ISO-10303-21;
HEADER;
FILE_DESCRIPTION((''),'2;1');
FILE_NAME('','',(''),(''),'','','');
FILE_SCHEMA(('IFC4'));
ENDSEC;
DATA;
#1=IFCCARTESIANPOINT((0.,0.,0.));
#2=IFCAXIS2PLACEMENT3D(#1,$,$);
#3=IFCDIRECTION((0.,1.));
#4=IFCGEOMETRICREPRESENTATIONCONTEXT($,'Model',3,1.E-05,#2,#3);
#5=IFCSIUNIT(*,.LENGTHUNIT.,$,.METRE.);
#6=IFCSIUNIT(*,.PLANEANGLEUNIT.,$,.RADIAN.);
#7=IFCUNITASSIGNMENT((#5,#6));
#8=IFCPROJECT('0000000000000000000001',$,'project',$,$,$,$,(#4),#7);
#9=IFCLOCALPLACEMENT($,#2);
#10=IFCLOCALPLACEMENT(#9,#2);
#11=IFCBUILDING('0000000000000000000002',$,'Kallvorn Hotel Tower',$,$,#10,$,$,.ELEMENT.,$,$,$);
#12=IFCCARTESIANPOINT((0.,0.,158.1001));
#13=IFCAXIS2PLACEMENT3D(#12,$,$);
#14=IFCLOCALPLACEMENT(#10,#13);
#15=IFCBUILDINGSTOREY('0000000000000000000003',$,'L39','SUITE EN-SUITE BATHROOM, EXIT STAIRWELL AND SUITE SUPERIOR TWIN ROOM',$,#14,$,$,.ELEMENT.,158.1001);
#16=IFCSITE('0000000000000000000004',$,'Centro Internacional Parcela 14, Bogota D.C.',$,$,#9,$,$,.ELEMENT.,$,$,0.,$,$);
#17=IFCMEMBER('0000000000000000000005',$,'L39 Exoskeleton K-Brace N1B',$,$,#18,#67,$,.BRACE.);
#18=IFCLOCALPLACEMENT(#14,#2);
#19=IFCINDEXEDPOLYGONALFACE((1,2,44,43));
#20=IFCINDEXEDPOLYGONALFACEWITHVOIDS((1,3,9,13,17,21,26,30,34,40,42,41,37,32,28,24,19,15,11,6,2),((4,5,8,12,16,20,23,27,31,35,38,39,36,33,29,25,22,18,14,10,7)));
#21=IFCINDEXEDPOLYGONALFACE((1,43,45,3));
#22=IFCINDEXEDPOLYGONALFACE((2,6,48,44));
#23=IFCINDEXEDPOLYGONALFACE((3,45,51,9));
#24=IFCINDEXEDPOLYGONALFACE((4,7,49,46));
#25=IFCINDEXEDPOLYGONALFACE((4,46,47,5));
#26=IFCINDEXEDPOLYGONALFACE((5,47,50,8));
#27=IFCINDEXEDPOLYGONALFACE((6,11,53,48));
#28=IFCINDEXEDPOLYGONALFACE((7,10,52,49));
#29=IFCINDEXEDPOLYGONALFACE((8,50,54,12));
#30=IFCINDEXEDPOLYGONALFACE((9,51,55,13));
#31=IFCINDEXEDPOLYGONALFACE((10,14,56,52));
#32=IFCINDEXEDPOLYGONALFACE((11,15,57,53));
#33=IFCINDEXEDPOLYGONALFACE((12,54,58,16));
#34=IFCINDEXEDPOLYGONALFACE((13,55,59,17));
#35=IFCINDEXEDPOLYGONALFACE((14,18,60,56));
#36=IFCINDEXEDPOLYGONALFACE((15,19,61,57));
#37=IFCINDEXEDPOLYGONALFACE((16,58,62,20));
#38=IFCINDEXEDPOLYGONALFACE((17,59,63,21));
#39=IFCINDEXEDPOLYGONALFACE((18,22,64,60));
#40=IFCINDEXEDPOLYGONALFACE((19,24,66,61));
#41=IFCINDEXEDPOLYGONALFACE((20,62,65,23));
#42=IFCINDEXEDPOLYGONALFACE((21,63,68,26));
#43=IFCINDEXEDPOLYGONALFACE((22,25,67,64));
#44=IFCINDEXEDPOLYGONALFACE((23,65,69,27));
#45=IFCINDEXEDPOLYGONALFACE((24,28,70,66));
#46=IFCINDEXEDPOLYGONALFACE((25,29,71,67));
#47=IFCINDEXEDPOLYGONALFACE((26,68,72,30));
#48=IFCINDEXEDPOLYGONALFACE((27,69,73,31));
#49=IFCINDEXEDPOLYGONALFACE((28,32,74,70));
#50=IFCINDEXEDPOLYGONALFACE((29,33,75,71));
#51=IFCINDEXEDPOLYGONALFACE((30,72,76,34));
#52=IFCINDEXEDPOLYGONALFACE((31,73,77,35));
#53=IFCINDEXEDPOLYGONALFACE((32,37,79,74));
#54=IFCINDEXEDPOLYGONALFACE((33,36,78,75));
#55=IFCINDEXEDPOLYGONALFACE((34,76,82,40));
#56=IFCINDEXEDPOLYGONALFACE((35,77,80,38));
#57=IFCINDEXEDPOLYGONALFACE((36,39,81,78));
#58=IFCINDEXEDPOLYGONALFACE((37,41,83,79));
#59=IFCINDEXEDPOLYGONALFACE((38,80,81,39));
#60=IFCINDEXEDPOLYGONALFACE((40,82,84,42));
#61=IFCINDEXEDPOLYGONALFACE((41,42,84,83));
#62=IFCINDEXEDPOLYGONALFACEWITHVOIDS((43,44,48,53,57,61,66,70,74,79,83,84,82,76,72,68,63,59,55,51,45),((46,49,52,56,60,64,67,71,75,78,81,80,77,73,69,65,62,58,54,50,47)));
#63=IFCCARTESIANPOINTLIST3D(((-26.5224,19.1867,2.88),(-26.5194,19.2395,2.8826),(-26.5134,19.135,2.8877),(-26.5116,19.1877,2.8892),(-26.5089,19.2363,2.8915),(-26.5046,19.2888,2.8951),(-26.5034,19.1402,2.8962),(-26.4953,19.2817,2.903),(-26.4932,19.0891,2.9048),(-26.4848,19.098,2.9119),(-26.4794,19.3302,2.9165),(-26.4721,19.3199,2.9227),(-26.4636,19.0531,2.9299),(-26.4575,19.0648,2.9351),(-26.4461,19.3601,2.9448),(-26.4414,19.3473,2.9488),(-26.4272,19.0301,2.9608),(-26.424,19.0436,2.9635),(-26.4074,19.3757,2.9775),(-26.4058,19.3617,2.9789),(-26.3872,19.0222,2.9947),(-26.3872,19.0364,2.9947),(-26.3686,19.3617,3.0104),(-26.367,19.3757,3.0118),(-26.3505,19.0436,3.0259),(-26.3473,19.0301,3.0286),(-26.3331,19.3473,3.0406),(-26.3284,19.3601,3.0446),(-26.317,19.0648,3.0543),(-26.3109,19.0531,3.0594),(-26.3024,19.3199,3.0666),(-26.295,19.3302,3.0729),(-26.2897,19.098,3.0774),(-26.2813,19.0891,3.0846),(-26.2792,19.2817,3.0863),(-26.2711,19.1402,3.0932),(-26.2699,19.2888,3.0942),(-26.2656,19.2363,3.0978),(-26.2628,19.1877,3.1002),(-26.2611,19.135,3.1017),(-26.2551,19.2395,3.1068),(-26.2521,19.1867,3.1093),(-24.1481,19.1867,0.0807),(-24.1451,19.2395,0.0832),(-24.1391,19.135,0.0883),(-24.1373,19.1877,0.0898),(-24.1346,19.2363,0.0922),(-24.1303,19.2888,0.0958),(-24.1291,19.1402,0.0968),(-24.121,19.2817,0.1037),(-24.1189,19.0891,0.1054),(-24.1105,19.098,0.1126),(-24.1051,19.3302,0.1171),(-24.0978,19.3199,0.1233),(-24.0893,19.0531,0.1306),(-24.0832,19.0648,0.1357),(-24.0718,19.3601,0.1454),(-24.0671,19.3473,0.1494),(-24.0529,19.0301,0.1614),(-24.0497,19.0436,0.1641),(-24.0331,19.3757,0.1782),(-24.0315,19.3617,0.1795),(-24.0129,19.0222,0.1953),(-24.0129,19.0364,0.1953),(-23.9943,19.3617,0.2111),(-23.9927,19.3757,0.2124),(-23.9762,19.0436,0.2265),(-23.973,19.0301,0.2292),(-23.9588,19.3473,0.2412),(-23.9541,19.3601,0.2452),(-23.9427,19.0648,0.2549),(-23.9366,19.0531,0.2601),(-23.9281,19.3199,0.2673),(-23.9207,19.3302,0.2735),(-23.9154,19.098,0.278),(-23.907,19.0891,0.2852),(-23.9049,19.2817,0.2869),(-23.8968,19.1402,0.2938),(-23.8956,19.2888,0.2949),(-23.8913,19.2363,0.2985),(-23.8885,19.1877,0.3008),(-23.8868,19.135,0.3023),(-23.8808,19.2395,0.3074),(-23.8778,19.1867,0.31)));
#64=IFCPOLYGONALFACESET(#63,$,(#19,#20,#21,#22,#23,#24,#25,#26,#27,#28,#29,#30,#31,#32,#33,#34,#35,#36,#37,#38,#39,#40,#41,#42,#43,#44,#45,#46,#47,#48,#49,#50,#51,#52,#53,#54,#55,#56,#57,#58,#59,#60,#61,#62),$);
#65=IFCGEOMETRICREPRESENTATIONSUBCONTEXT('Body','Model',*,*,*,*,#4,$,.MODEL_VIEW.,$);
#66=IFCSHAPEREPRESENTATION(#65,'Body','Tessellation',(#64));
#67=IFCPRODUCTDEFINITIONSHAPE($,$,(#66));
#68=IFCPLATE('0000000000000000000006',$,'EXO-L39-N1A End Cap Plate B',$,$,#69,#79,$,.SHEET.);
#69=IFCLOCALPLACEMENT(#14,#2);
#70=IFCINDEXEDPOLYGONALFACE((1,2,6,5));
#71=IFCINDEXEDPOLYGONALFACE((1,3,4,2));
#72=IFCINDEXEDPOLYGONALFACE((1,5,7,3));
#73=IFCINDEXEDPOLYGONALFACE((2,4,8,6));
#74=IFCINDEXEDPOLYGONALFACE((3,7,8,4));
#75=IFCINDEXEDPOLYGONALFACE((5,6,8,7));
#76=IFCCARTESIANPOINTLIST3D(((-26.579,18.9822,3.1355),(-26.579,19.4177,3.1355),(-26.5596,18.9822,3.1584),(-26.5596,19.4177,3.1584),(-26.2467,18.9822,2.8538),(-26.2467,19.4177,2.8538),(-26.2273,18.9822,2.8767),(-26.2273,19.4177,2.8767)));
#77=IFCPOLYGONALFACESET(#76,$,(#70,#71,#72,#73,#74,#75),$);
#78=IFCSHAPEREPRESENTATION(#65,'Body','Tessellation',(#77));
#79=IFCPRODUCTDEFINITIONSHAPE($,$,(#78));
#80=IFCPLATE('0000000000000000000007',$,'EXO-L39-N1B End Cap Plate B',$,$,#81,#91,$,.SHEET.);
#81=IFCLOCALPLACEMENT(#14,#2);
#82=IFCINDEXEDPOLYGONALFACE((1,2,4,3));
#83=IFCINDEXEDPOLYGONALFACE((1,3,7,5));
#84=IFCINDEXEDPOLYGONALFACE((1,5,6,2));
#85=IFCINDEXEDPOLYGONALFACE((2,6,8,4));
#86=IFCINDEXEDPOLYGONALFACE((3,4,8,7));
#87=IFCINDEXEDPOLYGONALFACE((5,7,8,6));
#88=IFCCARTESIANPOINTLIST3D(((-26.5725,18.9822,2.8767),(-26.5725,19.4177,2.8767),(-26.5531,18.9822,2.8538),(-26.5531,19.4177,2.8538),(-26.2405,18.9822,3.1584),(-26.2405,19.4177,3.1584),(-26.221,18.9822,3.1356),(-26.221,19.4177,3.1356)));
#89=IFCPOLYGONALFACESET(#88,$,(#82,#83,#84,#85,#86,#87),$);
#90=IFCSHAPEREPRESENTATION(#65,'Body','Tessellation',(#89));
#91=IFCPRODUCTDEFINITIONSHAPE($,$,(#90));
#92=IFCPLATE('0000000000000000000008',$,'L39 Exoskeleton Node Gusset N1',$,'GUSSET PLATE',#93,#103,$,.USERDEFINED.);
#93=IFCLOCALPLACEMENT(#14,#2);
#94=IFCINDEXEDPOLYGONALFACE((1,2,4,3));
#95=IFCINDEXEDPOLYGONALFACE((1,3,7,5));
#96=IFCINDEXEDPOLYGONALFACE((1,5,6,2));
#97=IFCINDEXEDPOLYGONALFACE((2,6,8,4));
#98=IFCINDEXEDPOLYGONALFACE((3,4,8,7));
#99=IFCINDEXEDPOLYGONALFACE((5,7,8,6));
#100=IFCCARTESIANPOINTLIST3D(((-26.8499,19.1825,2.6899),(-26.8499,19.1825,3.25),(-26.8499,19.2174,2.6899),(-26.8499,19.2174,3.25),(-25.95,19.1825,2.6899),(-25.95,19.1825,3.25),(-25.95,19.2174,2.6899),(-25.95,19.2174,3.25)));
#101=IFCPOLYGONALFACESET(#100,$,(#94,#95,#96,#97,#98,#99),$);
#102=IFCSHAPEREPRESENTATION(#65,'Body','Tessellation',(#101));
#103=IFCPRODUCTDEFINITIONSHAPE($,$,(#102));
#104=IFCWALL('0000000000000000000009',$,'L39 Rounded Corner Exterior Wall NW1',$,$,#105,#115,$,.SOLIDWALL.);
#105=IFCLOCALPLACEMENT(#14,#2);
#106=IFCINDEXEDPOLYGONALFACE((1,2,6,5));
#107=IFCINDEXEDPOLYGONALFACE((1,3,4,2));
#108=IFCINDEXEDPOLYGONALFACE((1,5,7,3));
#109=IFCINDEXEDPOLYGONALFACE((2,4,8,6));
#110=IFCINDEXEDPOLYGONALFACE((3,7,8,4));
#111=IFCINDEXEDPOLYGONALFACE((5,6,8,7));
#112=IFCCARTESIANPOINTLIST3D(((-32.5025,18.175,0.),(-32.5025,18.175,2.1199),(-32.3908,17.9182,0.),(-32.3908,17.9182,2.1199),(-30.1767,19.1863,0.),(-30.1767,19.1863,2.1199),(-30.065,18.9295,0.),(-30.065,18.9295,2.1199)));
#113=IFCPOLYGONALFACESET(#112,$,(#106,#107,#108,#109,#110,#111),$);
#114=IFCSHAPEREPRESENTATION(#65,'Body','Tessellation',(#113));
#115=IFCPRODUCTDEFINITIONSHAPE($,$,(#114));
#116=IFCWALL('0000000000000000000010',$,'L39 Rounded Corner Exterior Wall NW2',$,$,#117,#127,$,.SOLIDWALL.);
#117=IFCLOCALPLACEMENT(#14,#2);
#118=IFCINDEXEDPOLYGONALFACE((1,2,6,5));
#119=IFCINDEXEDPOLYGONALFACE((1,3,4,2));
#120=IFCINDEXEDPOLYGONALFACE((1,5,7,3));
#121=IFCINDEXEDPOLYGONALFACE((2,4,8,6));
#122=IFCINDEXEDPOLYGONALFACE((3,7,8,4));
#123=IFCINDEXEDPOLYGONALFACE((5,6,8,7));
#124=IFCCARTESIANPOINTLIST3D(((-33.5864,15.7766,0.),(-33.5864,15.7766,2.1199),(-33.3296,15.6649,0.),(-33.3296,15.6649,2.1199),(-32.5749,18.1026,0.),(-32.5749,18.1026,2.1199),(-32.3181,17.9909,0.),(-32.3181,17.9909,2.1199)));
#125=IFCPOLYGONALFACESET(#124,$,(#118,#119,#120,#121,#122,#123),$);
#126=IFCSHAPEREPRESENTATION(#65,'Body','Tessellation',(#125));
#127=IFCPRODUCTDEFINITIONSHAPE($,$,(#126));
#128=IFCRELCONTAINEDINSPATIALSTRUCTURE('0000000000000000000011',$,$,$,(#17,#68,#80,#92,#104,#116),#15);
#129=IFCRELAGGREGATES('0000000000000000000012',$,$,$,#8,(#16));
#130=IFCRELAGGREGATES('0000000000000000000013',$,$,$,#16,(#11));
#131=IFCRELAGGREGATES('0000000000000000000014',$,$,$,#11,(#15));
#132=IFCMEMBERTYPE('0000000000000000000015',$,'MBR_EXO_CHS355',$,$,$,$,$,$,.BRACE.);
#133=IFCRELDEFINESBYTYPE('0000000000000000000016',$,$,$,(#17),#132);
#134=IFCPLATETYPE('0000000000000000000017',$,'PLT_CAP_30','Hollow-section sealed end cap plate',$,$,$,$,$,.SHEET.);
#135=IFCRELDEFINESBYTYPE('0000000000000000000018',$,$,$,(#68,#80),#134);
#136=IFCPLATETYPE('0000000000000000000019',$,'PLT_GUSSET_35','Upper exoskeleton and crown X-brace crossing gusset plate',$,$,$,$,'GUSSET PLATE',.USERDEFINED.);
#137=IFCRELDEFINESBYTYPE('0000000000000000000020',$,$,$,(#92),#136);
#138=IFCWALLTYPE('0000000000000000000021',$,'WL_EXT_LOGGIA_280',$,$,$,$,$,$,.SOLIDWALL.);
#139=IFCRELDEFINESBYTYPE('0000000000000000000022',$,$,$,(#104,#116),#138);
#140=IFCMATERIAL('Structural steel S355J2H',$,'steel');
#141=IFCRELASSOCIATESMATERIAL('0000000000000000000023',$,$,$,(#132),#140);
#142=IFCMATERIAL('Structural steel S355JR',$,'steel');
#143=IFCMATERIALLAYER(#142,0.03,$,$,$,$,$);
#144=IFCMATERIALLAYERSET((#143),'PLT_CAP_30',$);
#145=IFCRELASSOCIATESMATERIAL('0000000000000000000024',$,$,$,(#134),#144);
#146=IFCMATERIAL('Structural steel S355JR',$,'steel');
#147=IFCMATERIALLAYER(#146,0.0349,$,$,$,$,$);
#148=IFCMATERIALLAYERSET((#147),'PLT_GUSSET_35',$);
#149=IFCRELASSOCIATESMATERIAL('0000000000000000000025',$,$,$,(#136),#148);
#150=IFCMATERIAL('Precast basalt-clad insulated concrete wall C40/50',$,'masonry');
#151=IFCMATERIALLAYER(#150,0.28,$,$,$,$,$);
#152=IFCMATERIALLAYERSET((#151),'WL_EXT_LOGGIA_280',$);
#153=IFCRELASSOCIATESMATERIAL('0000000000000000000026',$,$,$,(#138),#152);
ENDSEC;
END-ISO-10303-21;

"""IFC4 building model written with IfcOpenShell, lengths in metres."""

from ifc_helpers import new_model, si_unit, direction, frame, frame_2d, origin, origin_2d, place, context, subcontext, project, spatial, polyline, rectangle, hollow_circle, outline, extrude, material, layer, layer_set, material_profile, profile_set, type_object, element, save


model = new_model("IFC4")

# Units and contexts
model_context = context("Model", 3, precision=1e-05, world=origin(), true_north=direction((0.0, 1.0)))
body_context = subcontext(model_context, "Body", "Model", "MODEL_VIEW")
ifc_project = project(units=[si_unit("LENGTHUNIT", "METRE"), si_unit("PLANEANGLEUNIT", "RADIAN")], contexts=[model_context])

# Site, building, storey
site_placement = place(None, origin())
site = spatial("IfcSite", under=ifc_project, at=site_placement, Name="Centro Internacional Parcela 14, Bogota D.C.", CompositionType="ELEMENT", RefElevation=0.0)
building_placement = place(site_placement, origin())
building = spatial("IfcBuilding", under=site, at=building_placement, Name="Kallvorn Hotel Tower", CompositionType="ELEMENT")
storey_placement = place(building_placement, frame((0.0, 0.0, 158.1001)))
storey = spatial("IfcBuildingStorey", under=building, at=storey_placement, Name="L39", Description="SUITE EN-SUITE BATHROOM, EXIT STAIRWELL AND SUITE SUPERIOR TWIN ROOM", CompositionType="ELEMENT", Elevation=158.1001)

# Member
ifc_material_1 = material(Name="Structural steel S355J2H", Category="steel")
ifc_material_profile_1 = material_profile(ifc_material_1, hollow_circle(Radius=0.1777, WallThickness=0.0142, at=origin_2d()), Name="CHS 355.6x14.2")
ifc_profile_set_1 = profile_set([ifc_material_profile_1], Name="Structural steel S355J2H")
member_type_1 = type_object("IfcMemberType", Name="MBR_EXO_CHS355", PredefinedType="BRACE", material=ifc_profile_set_1)
for number, where, z_axis, x_axis, name in (
    (1, (-24.0129, 19.2, 0.1953), (-0.646833, 0.0, 0.762631), (0.0, -1.0, 0.0), "L39 Exoskeleton K-Brace N1B"),
):
    element("IfcMember", number, at=place(storey_placement, frame(where, z_axis=z_axis, x_axis=x_axis)), inside=storey, type_object=member_type_1, Name=name, PredefinedType="BRACE", context=body_context, shape_type="SweptSolid", body=[
        extrude(hollow_circle(Radius=0.1777, WallThickness=0.0142, at=origin_2d()), origin(), (0.0, 0.0, 1.0), 3.6707),
    ])

# Plates
ifc_material_2 = material(Name="Structural steel S355JR", Category="steel")
ifc_layer_1 = layer(ifc_material_2, 0.03)
ifc_layer_set_1 = layer_set([ifc_layer_1], Name="PLT_CAP_30")
plate_type_1 = type_object("IfcPlateType", Name="PLT_CAP_30", Description="Hollow-section sealed end cap plate", PredefinedType="SHEET", material=ifc_layer_set_1)
plate_1_placement = place(storey_placement, frame((-26.2273, 18.9822, 2.8767), z_axis=(0.646721, 0.0, 0.762727), x_axis=(0.0, 1.0, 0.0)))
element("IfcPlate", 2, at=plate_1_placement, inside=storey, type_object=plate_type_1, Name="EXO-L39-N1A End Cap Plate B", PredefinedType="SHEET", context=body_context, shape_type="SweptSolid", body=[
    extrude(outline(polyline([(0.0, 0.0), (0.4355, 0.0), (0.4355, 0.4356), (0.0, 0.4356), (0.0, 0.0)])), origin(), (0.0, 0.0, -1.0), 0.03),
])
plate_2_placement = place(storey_placement, frame((-26.5725, 19.4177, 2.8767), z_axis=(-0.646997, 0.0, 0.762492), x_axis=(0.0, -1.0, 0.0)))
element("IfcPlate", 3, at=plate_2_placement, inside=storey, type_object=plate_type_1, Name="EXO-L39-N1B End Cap Plate B", PredefinedType="SHEET", context=body_context, shape_type="SweptSolid", body=[
    extrude(outline(polyline([(0.0, 0.0), (0.4355, 0.0), (0.4355, 0.4355), (0.0, 0.4355), (0.0, 0.0)])), origin(), (0.0, 0.0, -1.0), 0.03),
])
ifc_material_3 = material(Name="Structural steel S355JR", Category="steel")
ifc_layer_2 = layer(ifc_material_3, 0.0349)
ifc_layer_set_2 = layer_set([ifc_layer_2], Name="PLT_GUSSET_35")
plate_type_2 = type_object("IfcPlateType", Name="PLT_GUSSET_35", Description="Upper exoskeleton and crown X-brace crossing gusset plate", ElementType="GUSSET PLATE", PredefinedType="USERDEFINED", material=ifc_layer_set_2)
plate_3_placement = place(storey_placement, frame((-26.3999, 19.2, 2.6899), z_axis=(0.0, 0.0, 1.0), x_axis=(1.0, 0.0, 0.0)))
element("IfcPlate", 4, at=plate_3_placement, inside=storey, type_object=plate_type_2, Name="L39 Exoskeleton Node Gusset N1", ObjectType="GUSSET PLATE", PredefinedType="USERDEFINED", context=body_context, shape_type="SweptSolid", body=[
    extrude(rectangle(XDim=0.8999, YDim=0.0349, at=origin_2d()), origin(), (0.0, 0.0, 1.0), 0.5601),
])

# Walls
ifc_material_4 = material(Name="Precast basalt-clad insulated concrete wall C40/50", Category="masonry")
ifc_layer_3 = layer(ifc_material_4, 0.28)
ifc_layer_set_3 = layer_set([ifc_layer_3], Name="WL_EXT_LOGGIA_280")
wall_type = type_object("IfcWallType", Name="WL_EXT_LOGGIA_280", PredefinedType="SOLIDWALL", material=ifc_layer_set_3)
wall_1_placement = place(storey_placement, frame((-30.1208, 19.0579, 0.0), z_axis=(0.0, 0.0, 1.0), x_axis=(-0.917061, -0.398747, 0.0)))
element("IfcWall", 5, at=wall_1_placement, inside=storey, type_object=wall_type, Name="L39 Rounded Corner Exterior Wall NW1", PredefinedType="SOLIDWALL", context=body_context, shape_type="SweptSolid", body=[
    extrude(rectangle(XDim=2.5361, YDim=0.28, at=frame_2d((1.2681, 0.0))), origin(), (0.0, 0.0, 1.0), 2.1199),
])
wall_2_placement = place(storey_placement, frame((-32.4465, 18.0466, 0.0), z_axis=(0.0, 0.0, 1.0), x_axis=(-0.398793, -0.917041, 0.0)))
element("IfcWall", 6, at=wall_2_placement, inside=storey, type_object=wall_type, Name="L39 Rounded Corner Exterior Wall NW2", PredefinedType="SOLIDWALL", context=body_context, shape_type="SweptSolid", body=[
    extrude(rectangle(XDim=2.5364, YDim=0.28, at=frame_2d((1.2681, 0.0))), origin(), (0.0, 0.0, 1.0), 2.1199),
])

save(model, "model.ifc")
